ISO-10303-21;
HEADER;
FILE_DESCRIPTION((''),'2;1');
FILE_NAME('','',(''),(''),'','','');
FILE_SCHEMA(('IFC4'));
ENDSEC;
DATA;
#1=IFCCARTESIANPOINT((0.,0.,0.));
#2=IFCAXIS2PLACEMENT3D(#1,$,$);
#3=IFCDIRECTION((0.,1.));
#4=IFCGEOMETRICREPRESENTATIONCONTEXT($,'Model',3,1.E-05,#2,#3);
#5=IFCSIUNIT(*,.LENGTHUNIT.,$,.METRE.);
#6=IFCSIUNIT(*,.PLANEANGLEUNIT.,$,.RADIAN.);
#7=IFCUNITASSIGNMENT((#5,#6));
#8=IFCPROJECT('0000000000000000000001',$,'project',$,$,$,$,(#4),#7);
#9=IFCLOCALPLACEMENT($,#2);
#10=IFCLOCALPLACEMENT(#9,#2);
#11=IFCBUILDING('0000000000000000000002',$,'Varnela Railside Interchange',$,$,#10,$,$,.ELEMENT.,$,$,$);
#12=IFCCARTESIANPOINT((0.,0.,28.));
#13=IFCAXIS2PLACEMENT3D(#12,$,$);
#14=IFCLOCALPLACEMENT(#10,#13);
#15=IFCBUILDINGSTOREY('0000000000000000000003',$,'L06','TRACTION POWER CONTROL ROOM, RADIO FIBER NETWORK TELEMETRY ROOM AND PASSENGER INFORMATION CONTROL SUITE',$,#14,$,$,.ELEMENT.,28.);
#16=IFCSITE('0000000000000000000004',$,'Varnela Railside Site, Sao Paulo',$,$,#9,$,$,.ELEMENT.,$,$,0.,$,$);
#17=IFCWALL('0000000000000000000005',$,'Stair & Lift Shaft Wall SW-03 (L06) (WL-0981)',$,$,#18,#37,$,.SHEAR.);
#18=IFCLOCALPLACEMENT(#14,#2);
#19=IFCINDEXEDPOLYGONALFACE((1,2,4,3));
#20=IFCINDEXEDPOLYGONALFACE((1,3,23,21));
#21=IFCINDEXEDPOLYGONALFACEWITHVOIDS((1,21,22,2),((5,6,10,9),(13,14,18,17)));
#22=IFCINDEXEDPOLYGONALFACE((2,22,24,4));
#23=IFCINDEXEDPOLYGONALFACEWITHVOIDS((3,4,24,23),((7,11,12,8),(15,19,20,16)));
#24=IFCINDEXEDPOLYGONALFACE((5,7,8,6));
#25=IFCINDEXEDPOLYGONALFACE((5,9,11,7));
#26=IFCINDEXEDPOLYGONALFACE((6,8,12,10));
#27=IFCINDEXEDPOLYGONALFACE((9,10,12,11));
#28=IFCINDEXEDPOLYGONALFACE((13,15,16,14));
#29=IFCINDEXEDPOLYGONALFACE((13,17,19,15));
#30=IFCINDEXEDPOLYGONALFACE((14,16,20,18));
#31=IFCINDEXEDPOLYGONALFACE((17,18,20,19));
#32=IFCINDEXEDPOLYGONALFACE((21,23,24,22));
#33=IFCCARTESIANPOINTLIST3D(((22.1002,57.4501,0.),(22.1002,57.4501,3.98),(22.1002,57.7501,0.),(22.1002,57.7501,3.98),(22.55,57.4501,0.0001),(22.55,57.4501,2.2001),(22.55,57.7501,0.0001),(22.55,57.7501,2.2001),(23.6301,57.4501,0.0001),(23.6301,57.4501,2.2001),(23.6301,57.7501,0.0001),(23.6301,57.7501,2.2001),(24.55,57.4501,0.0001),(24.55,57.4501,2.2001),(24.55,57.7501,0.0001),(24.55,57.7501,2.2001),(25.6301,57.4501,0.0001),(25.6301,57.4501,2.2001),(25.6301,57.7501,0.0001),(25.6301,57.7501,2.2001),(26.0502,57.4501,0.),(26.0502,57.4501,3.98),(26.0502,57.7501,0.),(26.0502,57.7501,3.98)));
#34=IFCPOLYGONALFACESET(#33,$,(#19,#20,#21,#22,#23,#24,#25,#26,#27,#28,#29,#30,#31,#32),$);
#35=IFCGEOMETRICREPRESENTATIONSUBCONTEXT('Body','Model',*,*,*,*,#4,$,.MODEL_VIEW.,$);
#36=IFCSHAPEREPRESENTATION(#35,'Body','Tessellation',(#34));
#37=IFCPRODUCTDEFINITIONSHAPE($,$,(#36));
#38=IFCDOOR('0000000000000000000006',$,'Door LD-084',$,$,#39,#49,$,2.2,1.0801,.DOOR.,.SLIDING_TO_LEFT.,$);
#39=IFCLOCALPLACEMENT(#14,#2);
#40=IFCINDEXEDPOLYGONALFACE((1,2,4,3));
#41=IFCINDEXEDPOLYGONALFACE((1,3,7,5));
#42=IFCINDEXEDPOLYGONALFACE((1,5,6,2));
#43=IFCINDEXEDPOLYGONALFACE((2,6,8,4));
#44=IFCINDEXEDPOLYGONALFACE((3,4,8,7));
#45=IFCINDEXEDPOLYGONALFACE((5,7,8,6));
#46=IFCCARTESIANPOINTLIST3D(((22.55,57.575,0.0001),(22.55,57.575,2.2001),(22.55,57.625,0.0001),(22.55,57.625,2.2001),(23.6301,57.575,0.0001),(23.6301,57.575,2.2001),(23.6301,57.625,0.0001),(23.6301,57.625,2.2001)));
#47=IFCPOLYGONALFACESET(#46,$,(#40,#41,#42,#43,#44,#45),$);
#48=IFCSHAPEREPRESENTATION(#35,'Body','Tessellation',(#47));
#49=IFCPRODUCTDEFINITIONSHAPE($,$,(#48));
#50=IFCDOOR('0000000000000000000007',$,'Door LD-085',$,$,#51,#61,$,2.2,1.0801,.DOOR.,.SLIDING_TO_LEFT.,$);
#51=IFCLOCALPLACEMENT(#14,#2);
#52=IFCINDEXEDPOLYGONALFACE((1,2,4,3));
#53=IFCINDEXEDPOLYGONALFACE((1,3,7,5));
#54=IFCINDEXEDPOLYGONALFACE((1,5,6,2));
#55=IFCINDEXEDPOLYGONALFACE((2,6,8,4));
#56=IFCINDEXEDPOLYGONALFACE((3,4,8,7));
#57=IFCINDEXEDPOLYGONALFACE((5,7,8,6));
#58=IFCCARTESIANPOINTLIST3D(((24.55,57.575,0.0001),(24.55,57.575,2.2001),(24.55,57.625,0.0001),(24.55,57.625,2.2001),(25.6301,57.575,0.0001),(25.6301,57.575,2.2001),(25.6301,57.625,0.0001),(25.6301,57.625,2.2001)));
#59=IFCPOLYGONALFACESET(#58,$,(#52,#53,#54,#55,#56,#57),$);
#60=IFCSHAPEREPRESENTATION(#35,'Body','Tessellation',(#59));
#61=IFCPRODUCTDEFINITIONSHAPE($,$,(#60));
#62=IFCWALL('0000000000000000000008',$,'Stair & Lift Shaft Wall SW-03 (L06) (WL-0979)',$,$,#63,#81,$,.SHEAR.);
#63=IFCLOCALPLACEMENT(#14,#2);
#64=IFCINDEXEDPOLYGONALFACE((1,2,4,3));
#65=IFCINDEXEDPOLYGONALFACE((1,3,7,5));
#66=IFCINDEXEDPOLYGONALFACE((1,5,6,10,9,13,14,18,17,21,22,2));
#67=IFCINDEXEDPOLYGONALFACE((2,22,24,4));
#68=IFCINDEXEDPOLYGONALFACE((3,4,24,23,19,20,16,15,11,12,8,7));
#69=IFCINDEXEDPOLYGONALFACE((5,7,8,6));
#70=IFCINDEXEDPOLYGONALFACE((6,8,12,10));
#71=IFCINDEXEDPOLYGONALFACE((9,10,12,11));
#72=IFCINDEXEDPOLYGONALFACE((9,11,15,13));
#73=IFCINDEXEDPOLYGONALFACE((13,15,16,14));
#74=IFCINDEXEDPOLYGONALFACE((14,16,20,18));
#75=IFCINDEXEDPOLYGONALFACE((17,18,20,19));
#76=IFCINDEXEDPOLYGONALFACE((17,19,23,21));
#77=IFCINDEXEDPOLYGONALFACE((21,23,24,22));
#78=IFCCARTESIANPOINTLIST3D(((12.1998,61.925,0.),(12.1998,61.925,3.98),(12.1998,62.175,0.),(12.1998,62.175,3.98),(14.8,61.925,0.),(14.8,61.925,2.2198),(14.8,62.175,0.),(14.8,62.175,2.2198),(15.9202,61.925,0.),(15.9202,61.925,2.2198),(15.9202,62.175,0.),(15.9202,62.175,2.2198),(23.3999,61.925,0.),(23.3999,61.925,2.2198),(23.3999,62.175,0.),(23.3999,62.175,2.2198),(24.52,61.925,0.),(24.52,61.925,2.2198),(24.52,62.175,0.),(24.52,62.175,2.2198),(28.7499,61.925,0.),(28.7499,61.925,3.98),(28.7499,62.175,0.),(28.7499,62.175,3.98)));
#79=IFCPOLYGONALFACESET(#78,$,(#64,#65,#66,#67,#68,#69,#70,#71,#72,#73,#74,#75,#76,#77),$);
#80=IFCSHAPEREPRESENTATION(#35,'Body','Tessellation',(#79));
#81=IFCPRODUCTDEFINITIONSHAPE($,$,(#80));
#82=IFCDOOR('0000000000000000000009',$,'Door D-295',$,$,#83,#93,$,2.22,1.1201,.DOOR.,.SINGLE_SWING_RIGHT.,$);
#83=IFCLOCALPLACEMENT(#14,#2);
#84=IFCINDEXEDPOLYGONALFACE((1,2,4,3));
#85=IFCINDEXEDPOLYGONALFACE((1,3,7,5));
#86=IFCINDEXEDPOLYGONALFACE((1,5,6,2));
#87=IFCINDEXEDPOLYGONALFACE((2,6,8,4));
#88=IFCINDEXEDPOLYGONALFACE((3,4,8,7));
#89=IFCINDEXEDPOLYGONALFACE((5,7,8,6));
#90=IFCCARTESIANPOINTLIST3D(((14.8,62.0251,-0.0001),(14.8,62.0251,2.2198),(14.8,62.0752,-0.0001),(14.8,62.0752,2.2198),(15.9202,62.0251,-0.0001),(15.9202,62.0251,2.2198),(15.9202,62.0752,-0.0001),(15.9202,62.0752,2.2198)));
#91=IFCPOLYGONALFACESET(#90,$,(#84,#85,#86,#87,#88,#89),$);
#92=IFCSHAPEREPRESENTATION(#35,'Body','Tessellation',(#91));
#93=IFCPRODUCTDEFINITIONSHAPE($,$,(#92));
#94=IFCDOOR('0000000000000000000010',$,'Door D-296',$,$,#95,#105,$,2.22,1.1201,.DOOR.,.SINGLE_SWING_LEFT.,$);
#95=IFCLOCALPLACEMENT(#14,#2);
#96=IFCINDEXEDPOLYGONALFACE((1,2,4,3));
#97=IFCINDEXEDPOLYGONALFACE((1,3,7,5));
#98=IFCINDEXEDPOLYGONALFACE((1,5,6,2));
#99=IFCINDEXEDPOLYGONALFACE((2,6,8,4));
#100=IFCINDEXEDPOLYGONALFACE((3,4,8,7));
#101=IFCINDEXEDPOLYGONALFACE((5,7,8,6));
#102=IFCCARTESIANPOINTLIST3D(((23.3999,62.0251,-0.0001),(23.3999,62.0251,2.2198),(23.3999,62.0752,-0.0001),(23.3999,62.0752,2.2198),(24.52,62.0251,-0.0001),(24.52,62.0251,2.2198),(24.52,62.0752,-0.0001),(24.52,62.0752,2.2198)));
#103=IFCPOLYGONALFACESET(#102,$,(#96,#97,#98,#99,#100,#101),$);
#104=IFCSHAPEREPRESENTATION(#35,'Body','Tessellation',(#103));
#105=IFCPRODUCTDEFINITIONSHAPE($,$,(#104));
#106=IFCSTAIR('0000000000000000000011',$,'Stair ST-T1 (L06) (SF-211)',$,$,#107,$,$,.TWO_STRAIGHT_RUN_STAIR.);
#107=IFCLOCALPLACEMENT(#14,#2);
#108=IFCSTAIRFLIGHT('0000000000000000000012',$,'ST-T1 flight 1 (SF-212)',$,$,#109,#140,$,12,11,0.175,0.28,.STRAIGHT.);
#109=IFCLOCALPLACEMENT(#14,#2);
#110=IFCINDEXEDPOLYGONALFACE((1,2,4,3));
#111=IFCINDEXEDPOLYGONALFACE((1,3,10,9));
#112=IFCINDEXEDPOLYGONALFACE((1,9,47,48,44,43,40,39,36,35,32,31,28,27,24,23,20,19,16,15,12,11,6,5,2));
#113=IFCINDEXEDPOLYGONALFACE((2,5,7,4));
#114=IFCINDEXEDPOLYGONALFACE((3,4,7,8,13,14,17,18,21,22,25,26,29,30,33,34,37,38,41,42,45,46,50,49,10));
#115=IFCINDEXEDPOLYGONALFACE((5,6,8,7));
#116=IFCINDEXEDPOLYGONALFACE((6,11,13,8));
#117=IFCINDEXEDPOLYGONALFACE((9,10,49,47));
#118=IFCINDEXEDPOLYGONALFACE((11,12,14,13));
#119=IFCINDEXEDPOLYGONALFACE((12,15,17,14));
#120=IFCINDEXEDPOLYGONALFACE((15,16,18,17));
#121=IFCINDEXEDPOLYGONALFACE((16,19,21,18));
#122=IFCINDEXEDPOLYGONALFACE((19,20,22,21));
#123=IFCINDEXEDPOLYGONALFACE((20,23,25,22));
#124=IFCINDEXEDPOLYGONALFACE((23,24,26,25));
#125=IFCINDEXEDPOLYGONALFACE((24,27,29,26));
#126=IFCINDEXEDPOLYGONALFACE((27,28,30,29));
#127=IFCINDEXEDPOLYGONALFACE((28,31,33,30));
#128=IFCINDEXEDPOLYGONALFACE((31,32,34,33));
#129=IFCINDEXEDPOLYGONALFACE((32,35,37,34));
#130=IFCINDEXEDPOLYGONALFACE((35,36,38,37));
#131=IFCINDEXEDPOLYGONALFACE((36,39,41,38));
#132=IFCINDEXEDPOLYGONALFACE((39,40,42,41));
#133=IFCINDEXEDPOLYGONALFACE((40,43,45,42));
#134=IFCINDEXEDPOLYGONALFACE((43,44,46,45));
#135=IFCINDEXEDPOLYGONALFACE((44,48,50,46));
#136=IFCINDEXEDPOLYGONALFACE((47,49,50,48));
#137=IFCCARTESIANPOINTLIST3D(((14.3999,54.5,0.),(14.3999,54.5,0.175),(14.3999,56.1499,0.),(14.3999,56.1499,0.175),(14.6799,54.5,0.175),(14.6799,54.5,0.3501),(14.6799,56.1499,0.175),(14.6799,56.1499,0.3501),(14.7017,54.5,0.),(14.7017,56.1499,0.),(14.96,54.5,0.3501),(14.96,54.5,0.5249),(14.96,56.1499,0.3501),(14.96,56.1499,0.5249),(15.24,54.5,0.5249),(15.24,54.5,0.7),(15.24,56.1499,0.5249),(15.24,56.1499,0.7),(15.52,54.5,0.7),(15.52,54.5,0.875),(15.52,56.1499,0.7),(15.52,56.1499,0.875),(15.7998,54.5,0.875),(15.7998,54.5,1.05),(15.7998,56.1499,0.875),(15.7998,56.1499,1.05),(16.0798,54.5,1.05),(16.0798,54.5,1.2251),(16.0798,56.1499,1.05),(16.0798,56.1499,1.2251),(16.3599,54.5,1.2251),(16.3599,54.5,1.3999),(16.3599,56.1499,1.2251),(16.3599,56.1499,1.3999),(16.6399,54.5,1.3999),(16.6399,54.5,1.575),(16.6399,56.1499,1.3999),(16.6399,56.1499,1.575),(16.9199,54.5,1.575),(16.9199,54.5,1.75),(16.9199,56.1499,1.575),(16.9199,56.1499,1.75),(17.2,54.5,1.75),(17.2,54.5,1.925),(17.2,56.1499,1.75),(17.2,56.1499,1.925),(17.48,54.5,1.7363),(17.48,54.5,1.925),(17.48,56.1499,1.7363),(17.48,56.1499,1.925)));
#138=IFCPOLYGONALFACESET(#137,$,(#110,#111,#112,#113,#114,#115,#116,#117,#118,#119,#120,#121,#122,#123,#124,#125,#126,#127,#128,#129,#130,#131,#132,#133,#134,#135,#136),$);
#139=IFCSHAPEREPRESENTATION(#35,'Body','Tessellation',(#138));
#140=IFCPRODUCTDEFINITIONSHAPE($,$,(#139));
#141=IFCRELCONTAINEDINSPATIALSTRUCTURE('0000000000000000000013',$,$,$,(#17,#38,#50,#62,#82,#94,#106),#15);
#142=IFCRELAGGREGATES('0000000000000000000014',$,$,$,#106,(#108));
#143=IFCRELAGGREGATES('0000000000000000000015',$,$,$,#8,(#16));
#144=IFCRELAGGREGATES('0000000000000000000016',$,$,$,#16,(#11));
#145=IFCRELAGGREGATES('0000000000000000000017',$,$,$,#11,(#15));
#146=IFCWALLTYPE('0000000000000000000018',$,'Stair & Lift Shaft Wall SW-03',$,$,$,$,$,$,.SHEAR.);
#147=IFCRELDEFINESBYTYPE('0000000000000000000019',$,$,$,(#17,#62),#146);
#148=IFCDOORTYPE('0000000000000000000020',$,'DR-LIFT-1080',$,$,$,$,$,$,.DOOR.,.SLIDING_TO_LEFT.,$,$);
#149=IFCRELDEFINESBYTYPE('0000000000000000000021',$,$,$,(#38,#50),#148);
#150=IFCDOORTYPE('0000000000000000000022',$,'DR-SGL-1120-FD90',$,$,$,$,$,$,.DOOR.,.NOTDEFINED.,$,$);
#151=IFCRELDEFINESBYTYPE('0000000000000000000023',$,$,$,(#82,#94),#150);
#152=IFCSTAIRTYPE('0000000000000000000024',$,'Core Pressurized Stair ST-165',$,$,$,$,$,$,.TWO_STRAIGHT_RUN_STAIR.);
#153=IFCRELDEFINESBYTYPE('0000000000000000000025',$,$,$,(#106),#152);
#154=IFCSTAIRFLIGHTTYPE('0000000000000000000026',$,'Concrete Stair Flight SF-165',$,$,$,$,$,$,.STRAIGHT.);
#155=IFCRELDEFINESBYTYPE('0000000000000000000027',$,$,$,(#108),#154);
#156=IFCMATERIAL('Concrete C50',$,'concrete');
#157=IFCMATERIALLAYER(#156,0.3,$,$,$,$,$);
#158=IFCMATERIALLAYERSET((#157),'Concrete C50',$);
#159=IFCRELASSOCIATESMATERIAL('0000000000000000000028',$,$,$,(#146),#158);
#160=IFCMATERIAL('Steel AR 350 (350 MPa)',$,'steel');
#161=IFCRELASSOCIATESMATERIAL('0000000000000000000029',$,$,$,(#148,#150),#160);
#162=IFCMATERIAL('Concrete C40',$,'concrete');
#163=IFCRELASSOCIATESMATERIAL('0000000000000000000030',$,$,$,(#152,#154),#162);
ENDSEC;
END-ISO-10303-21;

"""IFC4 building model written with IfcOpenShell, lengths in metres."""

from ifc_helpers import new_model, si_unit, direction, frame, frame_2d, origin, place, context, subcontext, project, spatial, polyline, rectangle, outline, extrude, material, layer, layer_set, type_object, element, fill, aggregate, save


model = new_model("IFC4")

# Units and contexts
model_context = context("Model", 3, precision=1e-05, world=origin(), true_north=direction((0.0, 1.0)))
body_context = subcontext(model_context, "Body", "Model", "MODEL_VIEW")
ifc_project = project(units=[si_unit("LENGTHUNIT", "METRE"), si_unit("PLANEANGLEUNIT", "RADIAN")], contexts=[model_context])

# Site, building, storey
site_placement = place(None, origin())
site = spatial("IfcSite", under=ifc_project, at=site_placement, Name="Varnela Railside Site, Sao Paulo", CompositionType="ELEMENT", RefElevation=0.0)
building_placement = place(site_placement, origin())
building = spatial("IfcBuilding", under=site, at=building_placement, Name="Varnela Railside Interchange", CompositionType="ELEMENT")
storey_placement = place(building_placement, frame((0.0, 0.0, 28.0)))
storey = spatial("IfcBuildingStorey", under=building, at=storey_placement, Name="L06", Description="TRACTION POWER CONTROL ROOM, RADIO FIBER NETWORK TELEMETRY ROOM AND PASSENGER INFORMATION CONTROL SUITE", CompositionType="ELEMENT", Elevation=28.0)

# Shared definitions
ifc_material_1 = material(Name="Steel AR 350 (350 MPa)", Category="steel")

# Shared definitions
ifc_material_2 = material(Name="Concrete C40", Category="concrete")

# Shared definitions
ifc_material_3 = material(Name="Concrete C50", Category="concrete")

# Shared definitions
ifc_layer_1 = layer(ifc_material_3, 0.3)
ifc_layer_set_1 = layer_set([ifc_layer_1], Name="Concrete C50")
wall_type_1 = type_object("IfcWallType", Name="Stair & Lift Shaft Wall SW-03", PredefinedType="SHEAR", material=ifc_layer_set_1)

# Walls, openings, doors
wall_1_placement = place(storey_placement, frame((22.1001, 57.6001, 0.0), z_axis=(0.0, 0.0, 1.0), x_axis=(1.0, 0.0, 0.0)))
wall_1 = element("IfcWall", 1, at=wall_1_placement, inside=storey, type_object=wall_type_1, Name="Stair & Lift Shaft Wall SW-03 (L06) (WL-0981)", PredefinedType="SHEAR", context=body_context, shape_type="SweptSolid", body=[
    extrude(rectangle(XDim=3.95, YDim=0.3, at=frame_2d((1.9751, 0.0))), origin(), (0.0, 0.0, 1.0), 3.98),
])
opening_1_placement = place(wall_1_placement, frame((0.45, 0.0, 0.0)))
opening_1 = element("IfcOpeningElement", 2, at=opening_1_placement, cuts=wall_1, PredefinedType="OPENING", context=body_context, shape_type="SweptSolid", body=[
    extrude(rectangle(XDim=1.0801, YDim=2.2, at=frame_2d((0.54, 1.1001))), frame((0.0, 0.1599, 0.0), z_axis=(0.0, -1.0, 0.0), x_axis=(1.0, 0.0, 0.0)), (0.0, 0.0, 1.0), 0.3201),
])
opening_2_placement = place(wall_1_placement, frame((2.45, 0.0, 0.0)))
opening_2 = element("IfcOpeningElement", 3, at=opening_2_placement, cuts=wall_1, PredefinedType="OPENING", context=body_context, shape_type="SweptSolid", body=[
    extrude(rectangle(XDim=1.0801, YDim=2.2, at=frame_2d((0.54, 1.1001))), frame((0.0, 0.1599, 0.0), z_axis=(0.0, -1.0, 0.0), x_axis=(1.0, 0.0, 0.0)), (0.0, 0.0, 1.0), 0.3201),
])
door_type_1 = type_object("IfcDoorType", Name="DR-LIFT-1080", OperationType="SLIDING_TO_LEFT", PredefinedType="DOOR", material=ifc_material_1)
door_1_placement = place(opening_1_placement, origin())
door_1 = element("IfcDoor", 4, at=door_1_placement, inside=storey, type_object=door_type_1, Name="Door LD-084", OperationType="SLIDING_TO_LEFT", OverallHeight=2.2, OverallWidth=1.0801, PredefinedType="DOOR", context=body_context, shape_type="SweptSolid", body=[
    extrude(rectangle(XDim=1.0801, YDim=2.2, at=frame_2d((0.54, 1.1001))), frame((0.0, 0.0249, 0.0), z_axis=(0.0, -1.0, 0.0), x_axis=(1.0, 0.0, 0.0)), (0.0, 0.0, 1.0), 0.05),
])
fill(opening_1, door_1)
door_2_placement = place(opening_2_placement, origin())
door_2 = element("IfcDoor", 5, at=door_2_placement, inside=storey, type_object=door_type_1, Name="Door LD-085", OperationType="SLIDING_TO_LEFT", OverallHeight=2.2, OverallWidth=1.0801, PredefinedType="DOOR", context=body_context, shape_type="SweptSolid", body=[
    extrude(rectangle(XDim=1.0801, YDim=2.2, at=frame_2d((0.54, 1.1001))), frame((0.0, 0.0249, 0.0), z_axis=(0.0, -1.0, 0.0), x_axis=(1.0, 0.0, 0.0)), (0.0, 0.0, 1.0), 0.05),
])
fill(opening_2, door_2)
wall_2_placement = place(storey_placement, frame((12.2, 62.05, 0.0), z_axis=(0.0, 0.0, 1.0), x_axis=(1.0, 0.0, 0.0)))
wall_2 = element("IfcWall", 6, at=wall_2_placement, inside=storey, type_object=wall_type_1, Name="Stair & Lift Shaft Wall SW-03 (L06) (WL-0979)", PredefinedType="SHEAR", context=body_context, shape_type="SweptSolid", body=[
    extrude(rectangle(XDim=16.55, YDim=0.25, at=frame_2d((8.2749, 0.0))), origin(), (0.0, 0.0, 1.0), 3.98),
])
opening_3_placement = place(wall_2_placement, frame((2.6001, 0.0, 0.0)))
opening_3 = element("IfcOpeningElement", 7, at=opening_3_placement, cuts=wall_2, PredefinedType="OPENING", context=body_context, shape_type="SweptSolid", body=[
    extrude(rectangle(XDim=1.1201, YDim=2.22, at=frame_2d((0.5601, 1.1099))), frame((0.0, 0.135, 0.0), z_axis=(0.0, -1.0, 0.0), x_axis=(1.0, 0.0, 0.0)), (0.0, 0.0, 1.0), 0.27),
])
opening_4_placement = place(wall_2_placement, frame((11.2, 0.0, 0.0)))
opening_4 = element("IfcOpeningElement", 8, at=opening_4_placement, cuts=wall_2, PredefinedType="OPENING", context=body_context, shape_type="SweptSolid", body=[
    extrude(rectangle(XDim=1.1201, YDim=2.22, at=frame_2d((0.5601, 1.1099))), frame((0.0, 0.135, 0.0), z_axis=(0.0, -1.0, 0.0), x_axis=(1.0, 0.0, 0.0)), (0.0, 0.0, 1.0), 0.27),
])
door_type_2 = type_object("IfcDoorType", Name="DR-SGL-1120-FD90", OperationType="NOTDEFINED", PredefinedType="DOOR", material=ifc_material_1)
door_3_placement = place(opening_3_placement, frame((1.1201, 0.0, 0.0), z_axis=(0.0, 0.0, 1.0), x_axis=(-1.0, 0.0, 0.0)))
door_3 = element("IfcDoor", 9, at=door_3_placement, inside=storey, type_object=door_type_2, Name="Door D-295", OperationType="SINGLE_SWING_RIGHT", OverallHeight=2.22, OverallWidth=1.1201, PredefinedType="DOOR", context=body_context, shape_type="SweptSolid", body=[
    extrude(rectangle(XDim=1.1201, YDim=2.22, at=frame_2d((0.5601, 1.1099))), frame((0.0, 0.0249, 0.0), z_axis=(0.0, -1.0, 0.0), x_axis=(1.0, 0.0, 0.0)), (0.0, 0.0, 1.0), 0.05),
])
fill(opening_3, door_3)
door_4_placement = place(opening_4_placement, frame((1.1201, 0.0, 0.0), z_axis=(0.0, 0.0, 1.0), x_axis=(-1.0, 0.0, 0.0)))
door_4 = element("IfcDoor", 10, at=door_4_placement, inside=storey, type_object=door_type_2, Name="Door D-296", OperationType="SINGLE_SWING_LEFT", OverallHeight=2.22, OverallWidth=1.1201, PredefinedType="DOOR", context=body_context, shape_type="SweptSolid", body=[
    extrude(rectangle(XDim=1.1201, YDim=2.22, at=frame_2d((0.5601, 1.1099))), frame((0.0, 0.0249, 0.0), z_axis=(0.0, -1.0, 0.0), x_axis=(1.0, 0.0, 0.0)), (0.0, 0.0, 1.0), 0.05),
])
fill(opening_4, door_4)

# Stair, stair flight
stair_type = type_object("IfcStairType", Name="Core Pressurized Stair ST-165", PredefinedType="TWO_STRAIGHT_RUN_STAIR", material=ifc_material_2)
stair_placement = place(storey_placement, origin())
stair = element("IfcStair", 11, at=stair_placement, inside=storey, type_object=stair_type, Name="Stair ST-T1 (L06) (SF-211)", PredefinedType="TWO_STRAIGHT_RUN_STAIR")
stair_flight_type = type_object("IfcStairFlightType", Name="Concrete Stair Flight SF-165", PredefinedType="STRAIGHT", material=ifc_material_2)
stair_flight_1_placement = place(storey_placement, frame((14.3999, 55.325, 0.0), z_axis=(0.0, 0.0, 1.0), x_axis=(1.0, 0.0, 0.0)))
stair_flight_1 = element("IfcStairFlight", 12, at=stair_flight_1_placement, type_object=stair_flight_type, Name="ST-T1 flight 1 (SF-212)", NumberOfRisers=12, NumberOfTreads=11, PredefinedType="STRAIGHT", RiserHeight=0.175, TreadLength=0.28, context=body_context, shape_type="SweptSolid", body=[
    extrude(outline(polyline([(0.0, 0.0), (0.0, 0.175), (0.28, 0.175), (0.28, 0.3501), (0.5601, 0.3501), (0.5601, 0.5249), (0.8401, 0.5249), (0.8401, 0.7), (1.1201, 0.7), (1.1201, 0.875), (1.3999, 0.875), (1.3999, 1.05), (1.6799, 1.05), (1.6799, 1.2251), (1.96, 1.2251), (1.96, 1.3999), (2.24, 1.3999), (2.24, 1.575), (2.52, 1.575), (2.52, 1.75), (2.8, 1.75), (2.8, 1.925), (3.0801, 1.925), (3.0801, 2.1001), (3.0801, 1.7363), (0.3018, 0.0), (0.0, 0.0)])), frame((0.0, 0.825, 0.0), z_axis=(0.0, -1.0, 0.0), x_axis=(1.0, 0.0, 0.0)), (0.0, 0.0, 1.0), 1.6499),
])
aggregate(stair, [stair_flight_1])

save(model, "model.ifc")
